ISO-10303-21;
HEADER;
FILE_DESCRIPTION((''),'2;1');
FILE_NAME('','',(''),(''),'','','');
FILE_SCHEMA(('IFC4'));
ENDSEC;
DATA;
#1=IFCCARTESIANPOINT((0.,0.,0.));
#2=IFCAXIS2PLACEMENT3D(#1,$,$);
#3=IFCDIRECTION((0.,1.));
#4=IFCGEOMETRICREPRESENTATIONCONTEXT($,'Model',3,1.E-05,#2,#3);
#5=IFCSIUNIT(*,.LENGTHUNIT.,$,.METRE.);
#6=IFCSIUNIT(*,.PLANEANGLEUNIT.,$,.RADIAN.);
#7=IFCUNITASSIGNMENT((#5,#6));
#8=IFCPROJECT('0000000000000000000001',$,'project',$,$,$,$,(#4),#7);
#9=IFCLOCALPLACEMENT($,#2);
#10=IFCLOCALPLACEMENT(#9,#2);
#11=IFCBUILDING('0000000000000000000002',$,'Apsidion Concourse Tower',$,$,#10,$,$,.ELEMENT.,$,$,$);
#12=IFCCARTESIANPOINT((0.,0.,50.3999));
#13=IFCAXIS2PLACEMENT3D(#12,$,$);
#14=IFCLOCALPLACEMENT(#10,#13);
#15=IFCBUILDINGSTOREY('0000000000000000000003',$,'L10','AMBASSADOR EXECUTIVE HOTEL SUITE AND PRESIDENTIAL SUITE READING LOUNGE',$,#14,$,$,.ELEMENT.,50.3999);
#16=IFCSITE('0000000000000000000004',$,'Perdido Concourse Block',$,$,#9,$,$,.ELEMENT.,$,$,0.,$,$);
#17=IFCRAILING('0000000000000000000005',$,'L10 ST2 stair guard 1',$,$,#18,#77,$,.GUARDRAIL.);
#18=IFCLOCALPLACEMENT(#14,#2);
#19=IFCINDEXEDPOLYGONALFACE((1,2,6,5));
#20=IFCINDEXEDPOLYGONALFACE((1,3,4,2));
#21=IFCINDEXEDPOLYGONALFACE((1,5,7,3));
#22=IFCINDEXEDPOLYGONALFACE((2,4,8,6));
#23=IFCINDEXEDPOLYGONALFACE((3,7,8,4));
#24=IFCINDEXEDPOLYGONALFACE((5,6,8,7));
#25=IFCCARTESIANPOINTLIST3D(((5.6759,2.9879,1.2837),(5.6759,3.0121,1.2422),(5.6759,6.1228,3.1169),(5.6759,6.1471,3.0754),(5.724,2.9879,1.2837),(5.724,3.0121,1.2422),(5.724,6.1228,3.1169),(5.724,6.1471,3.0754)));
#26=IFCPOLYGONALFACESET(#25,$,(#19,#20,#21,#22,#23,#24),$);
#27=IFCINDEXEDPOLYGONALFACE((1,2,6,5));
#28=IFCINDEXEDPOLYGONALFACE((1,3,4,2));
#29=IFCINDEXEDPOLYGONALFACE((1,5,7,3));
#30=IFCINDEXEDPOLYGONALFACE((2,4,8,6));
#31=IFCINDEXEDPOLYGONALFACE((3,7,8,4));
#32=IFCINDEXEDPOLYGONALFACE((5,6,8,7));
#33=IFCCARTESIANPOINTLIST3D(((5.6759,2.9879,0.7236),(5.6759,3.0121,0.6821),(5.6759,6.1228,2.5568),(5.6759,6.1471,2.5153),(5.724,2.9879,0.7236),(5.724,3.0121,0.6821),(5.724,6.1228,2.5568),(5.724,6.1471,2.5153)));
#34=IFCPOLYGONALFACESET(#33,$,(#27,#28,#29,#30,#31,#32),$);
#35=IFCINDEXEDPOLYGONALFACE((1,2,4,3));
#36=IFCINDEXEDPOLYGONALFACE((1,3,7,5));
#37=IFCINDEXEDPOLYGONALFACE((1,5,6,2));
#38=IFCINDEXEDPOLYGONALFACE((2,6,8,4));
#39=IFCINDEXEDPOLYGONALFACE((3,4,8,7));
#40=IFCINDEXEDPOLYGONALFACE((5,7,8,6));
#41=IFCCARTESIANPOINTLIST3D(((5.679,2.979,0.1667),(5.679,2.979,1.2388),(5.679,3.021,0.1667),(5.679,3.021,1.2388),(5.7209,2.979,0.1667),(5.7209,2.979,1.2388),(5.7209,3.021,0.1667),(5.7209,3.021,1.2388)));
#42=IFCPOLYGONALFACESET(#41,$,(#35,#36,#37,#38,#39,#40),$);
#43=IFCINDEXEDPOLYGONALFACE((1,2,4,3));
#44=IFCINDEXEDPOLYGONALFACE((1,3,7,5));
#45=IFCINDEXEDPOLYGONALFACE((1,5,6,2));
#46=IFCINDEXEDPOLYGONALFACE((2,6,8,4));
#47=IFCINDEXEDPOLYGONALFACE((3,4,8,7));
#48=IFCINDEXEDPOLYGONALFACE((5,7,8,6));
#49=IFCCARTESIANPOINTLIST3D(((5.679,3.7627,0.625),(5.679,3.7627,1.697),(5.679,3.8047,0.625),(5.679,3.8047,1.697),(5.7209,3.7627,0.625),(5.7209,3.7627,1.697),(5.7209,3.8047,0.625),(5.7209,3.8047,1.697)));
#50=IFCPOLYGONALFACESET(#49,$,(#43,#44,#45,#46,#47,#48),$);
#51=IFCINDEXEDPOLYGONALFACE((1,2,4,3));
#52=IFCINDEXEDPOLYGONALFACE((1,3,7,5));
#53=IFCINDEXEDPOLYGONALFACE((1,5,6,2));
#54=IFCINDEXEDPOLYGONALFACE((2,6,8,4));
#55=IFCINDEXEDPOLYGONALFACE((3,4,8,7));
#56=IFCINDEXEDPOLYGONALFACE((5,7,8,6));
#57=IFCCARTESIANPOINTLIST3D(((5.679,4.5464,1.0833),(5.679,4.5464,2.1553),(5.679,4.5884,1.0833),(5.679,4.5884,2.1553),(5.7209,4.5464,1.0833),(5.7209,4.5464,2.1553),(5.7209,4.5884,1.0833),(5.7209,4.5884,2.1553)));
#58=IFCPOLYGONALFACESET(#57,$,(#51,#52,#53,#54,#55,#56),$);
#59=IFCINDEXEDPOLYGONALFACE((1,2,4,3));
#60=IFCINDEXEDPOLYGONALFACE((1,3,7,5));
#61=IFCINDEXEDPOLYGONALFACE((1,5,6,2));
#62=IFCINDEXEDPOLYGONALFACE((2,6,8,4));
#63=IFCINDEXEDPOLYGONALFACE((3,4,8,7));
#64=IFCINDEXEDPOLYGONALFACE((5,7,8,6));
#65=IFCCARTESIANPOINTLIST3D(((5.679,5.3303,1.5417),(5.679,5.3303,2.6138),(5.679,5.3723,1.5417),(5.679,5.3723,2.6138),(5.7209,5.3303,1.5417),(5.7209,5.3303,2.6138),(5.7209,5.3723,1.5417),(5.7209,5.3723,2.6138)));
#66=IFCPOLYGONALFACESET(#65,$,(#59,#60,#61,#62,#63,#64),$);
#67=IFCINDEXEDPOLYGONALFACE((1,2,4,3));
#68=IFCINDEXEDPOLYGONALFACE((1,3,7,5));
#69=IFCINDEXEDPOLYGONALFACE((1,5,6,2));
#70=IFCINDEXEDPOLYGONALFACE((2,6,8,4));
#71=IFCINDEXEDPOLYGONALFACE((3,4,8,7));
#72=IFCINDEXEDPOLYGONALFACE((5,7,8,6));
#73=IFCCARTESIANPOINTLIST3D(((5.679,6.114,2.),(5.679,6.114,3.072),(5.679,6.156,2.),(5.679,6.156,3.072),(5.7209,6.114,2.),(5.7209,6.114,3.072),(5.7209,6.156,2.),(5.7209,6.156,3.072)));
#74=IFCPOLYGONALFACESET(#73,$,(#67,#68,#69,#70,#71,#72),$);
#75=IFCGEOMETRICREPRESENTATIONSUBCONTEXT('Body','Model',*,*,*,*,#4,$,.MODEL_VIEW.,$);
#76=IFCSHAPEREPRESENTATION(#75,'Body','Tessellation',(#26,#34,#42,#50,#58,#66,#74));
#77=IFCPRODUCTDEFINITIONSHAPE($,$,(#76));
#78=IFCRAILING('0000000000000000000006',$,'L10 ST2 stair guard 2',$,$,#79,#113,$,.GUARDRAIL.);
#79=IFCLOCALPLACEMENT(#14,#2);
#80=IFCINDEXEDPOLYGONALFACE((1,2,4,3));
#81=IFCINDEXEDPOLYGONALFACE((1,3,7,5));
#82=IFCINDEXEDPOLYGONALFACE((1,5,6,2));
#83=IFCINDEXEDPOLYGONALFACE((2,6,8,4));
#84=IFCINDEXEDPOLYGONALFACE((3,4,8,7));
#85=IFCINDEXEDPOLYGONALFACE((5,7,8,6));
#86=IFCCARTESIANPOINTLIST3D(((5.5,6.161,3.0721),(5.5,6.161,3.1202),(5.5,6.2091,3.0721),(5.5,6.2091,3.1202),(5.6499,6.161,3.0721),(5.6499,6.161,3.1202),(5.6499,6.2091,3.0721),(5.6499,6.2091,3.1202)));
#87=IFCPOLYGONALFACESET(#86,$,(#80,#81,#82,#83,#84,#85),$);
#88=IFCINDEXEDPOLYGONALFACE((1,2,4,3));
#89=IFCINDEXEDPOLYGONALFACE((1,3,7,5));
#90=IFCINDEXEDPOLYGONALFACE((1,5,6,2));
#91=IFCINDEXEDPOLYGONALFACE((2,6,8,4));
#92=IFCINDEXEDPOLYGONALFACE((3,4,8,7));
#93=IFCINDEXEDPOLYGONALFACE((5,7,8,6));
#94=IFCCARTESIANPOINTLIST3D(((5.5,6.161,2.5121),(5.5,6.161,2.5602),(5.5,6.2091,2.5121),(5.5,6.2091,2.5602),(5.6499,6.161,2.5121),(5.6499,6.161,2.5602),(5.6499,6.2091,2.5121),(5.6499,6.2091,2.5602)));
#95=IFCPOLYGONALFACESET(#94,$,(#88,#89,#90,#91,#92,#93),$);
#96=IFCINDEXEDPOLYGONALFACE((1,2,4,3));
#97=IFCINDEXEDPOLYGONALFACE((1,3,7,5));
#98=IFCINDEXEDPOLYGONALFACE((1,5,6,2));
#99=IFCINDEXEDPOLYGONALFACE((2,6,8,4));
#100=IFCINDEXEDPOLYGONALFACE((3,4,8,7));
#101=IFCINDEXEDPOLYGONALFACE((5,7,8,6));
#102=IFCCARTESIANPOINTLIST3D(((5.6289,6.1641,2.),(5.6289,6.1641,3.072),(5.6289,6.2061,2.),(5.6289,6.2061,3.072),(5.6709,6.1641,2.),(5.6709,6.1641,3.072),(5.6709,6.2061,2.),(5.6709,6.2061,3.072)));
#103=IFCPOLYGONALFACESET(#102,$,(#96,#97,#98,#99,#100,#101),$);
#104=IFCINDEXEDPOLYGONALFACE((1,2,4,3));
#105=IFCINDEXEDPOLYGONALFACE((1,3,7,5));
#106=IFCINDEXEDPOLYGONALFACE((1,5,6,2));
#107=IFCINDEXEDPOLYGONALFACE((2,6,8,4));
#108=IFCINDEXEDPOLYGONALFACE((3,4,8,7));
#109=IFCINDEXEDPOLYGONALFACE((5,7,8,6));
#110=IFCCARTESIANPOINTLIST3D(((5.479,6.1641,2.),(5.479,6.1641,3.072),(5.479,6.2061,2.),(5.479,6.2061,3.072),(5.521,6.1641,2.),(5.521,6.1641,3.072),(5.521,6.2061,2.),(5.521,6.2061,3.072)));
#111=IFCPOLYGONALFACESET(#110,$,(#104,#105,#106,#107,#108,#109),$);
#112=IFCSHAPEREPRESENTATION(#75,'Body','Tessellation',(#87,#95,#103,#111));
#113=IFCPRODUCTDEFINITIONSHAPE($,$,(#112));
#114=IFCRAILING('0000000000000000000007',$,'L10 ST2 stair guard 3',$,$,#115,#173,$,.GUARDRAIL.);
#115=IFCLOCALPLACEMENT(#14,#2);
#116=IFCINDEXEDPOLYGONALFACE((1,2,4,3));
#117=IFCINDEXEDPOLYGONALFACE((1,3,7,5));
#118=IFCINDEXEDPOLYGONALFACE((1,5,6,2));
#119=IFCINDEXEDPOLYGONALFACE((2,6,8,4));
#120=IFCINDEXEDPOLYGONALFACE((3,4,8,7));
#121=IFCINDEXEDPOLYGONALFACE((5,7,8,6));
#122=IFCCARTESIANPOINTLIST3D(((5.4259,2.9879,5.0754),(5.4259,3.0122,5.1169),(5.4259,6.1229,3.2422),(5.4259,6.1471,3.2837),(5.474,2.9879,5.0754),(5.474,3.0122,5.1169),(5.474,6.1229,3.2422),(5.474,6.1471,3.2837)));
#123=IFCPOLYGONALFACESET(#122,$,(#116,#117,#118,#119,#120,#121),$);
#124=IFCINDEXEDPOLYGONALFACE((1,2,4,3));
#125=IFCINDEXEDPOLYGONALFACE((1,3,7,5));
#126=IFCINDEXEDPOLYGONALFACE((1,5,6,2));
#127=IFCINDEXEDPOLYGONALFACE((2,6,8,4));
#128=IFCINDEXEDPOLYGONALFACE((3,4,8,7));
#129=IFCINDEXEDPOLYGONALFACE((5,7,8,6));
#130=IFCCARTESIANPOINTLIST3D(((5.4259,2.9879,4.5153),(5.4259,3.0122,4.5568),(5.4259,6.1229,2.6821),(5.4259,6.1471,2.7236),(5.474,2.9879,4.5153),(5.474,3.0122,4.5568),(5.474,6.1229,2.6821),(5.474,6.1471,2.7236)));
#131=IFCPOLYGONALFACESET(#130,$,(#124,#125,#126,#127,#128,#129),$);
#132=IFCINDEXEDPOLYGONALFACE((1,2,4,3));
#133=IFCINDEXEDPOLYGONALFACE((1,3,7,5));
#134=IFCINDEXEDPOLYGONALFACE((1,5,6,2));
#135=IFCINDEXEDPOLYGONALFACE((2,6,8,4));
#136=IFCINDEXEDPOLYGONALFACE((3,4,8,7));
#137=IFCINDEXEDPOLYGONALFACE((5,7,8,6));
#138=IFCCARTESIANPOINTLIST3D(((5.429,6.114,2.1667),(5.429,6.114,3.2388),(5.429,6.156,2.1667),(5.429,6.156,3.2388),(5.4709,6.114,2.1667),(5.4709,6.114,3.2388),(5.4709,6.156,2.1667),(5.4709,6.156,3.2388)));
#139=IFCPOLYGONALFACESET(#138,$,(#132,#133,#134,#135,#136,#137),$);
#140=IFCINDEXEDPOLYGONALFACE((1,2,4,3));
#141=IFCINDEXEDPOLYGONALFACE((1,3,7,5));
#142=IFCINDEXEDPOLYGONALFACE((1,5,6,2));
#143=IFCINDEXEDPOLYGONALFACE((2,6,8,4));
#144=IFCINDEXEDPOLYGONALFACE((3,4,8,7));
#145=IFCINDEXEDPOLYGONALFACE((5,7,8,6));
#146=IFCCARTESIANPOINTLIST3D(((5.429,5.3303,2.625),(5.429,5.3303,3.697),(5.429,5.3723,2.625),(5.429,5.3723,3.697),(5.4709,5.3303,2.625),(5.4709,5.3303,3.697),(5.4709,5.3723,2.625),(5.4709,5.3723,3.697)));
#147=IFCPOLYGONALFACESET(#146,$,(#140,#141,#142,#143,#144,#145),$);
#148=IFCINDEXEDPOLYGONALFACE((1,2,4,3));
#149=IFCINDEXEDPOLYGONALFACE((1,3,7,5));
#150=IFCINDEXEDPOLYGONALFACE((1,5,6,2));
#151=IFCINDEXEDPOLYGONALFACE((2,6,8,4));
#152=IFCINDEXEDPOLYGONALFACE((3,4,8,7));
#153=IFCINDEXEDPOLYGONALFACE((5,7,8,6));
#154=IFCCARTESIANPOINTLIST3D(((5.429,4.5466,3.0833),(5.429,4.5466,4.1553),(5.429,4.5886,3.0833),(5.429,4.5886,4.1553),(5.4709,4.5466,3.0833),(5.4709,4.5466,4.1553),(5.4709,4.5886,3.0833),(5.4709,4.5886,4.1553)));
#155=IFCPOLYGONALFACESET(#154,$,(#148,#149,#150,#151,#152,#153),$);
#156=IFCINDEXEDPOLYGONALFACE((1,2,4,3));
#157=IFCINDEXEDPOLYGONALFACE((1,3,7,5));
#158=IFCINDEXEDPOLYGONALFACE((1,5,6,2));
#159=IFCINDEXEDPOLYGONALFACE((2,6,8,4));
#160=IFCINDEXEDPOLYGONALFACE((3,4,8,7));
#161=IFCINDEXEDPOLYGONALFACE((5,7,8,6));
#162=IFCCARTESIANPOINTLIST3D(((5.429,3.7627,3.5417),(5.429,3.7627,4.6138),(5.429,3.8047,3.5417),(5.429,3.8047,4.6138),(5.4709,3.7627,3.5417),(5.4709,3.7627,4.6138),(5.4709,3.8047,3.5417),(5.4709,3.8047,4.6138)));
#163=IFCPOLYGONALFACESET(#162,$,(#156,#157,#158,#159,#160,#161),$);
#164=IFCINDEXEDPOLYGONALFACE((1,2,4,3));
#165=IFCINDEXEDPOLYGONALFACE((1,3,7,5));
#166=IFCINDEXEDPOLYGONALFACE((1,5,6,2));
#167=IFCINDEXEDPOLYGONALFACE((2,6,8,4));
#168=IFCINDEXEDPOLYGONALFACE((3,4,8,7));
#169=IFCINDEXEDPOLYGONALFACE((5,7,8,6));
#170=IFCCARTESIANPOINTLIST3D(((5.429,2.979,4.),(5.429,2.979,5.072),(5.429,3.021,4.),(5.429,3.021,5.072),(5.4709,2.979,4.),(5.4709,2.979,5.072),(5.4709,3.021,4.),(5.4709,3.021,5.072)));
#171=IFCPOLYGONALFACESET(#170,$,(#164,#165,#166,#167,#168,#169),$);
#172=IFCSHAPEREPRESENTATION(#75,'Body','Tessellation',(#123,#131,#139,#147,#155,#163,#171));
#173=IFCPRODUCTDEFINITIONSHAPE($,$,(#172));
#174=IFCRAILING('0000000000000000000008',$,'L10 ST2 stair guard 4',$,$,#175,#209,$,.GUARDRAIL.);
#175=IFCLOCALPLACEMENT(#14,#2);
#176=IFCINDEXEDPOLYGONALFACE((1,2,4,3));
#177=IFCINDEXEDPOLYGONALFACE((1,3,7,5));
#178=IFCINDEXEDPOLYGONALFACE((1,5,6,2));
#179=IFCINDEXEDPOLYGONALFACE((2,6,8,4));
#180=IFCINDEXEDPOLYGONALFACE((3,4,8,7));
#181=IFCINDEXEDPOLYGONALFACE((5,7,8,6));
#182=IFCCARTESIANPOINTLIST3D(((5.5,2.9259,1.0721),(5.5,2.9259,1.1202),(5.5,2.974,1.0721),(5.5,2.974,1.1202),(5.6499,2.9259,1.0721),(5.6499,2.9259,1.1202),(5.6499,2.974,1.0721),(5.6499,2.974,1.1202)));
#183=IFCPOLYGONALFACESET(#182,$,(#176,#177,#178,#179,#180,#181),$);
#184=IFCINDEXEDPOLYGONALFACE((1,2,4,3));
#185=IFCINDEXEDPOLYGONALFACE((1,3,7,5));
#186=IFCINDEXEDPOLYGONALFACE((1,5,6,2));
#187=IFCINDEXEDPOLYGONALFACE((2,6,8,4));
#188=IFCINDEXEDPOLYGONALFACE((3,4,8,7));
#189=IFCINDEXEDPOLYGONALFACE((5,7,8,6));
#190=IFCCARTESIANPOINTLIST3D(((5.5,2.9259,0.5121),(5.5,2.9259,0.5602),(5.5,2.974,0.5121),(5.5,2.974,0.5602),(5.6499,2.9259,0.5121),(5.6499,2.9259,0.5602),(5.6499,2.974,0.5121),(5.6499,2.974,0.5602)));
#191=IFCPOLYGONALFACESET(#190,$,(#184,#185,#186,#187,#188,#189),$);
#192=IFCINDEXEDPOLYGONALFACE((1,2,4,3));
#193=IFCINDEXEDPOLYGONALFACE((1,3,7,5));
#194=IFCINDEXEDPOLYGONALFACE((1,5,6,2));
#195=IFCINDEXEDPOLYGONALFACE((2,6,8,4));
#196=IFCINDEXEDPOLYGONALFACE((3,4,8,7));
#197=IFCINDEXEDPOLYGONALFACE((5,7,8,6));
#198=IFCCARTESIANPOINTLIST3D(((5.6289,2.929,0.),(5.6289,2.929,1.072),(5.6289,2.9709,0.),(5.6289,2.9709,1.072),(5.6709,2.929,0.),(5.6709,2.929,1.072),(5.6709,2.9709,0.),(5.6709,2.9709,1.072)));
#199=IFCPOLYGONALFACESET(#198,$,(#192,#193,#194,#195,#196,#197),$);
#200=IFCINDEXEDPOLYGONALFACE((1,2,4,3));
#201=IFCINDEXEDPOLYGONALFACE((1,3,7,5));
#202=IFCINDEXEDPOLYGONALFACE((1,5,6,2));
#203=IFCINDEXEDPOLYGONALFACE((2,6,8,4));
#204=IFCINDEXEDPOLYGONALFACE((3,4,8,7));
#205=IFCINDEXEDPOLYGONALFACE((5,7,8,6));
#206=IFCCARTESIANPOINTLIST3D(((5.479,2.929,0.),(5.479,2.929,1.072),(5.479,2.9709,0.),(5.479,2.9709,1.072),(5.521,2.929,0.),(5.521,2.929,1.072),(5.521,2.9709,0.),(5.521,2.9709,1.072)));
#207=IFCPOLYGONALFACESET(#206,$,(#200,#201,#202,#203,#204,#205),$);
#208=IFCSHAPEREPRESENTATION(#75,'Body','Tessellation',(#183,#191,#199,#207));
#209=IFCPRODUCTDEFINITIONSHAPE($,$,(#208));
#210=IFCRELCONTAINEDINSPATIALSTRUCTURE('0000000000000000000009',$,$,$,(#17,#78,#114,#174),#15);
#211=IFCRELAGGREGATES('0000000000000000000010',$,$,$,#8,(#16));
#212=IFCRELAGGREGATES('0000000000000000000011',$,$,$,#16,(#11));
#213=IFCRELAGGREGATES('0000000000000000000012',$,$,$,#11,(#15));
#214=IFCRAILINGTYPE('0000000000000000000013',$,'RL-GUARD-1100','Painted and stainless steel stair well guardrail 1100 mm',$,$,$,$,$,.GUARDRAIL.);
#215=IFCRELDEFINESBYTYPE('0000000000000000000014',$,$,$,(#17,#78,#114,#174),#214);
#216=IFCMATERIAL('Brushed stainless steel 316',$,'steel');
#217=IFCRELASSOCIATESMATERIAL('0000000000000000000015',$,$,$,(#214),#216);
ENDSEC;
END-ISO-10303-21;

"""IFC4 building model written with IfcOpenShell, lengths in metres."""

from ifc_helpers import new_model, si_unit, direction, frame, origin, origin_2d, place, context, subcontext, project, spatial, rectangle, extrude, material, type_object, element, save


model = new_model("IFC4")

# Units and contexts
model_context = context("Model", 3, precision=1e-05, world=origin(), true_north=direction((0.0, 1.0)))
body_context = subcontext(model_context, "Body", "Model", "MODEL_VIEW")
ifc_project = project(units=[si_unit("LENGTHUNIT", "METRE"), si_unit("PLANEANGLEUNIT", "RADIAN")], contexts=[model_context])

# Site, building, storey
site_placement = place(None, origin())
site = spatial("IfcSite", under=ifc_project, at=site_placement, Name="Perdido Concourse Block", CompositionType="ELEMENT", RefElevation=0.0)
building_placement = place(site_placement, origin())
building = spatial("IfcBuilding", under=site, at=building_placement, Name="Apsidion Concourse Tower", CompositionType="ELEMENT")
storey_placement = place(building_placement, frame((0.0, 0.0, 50.3999)))
storey = spatial("IfcBuildingStorey", under=building, at=storey_placement, Name="L10", Description="AMBASSADOR EXECUTIVE HOTEL SUITE AND PRESIDENTIAL SUITE READING LOUNGE", CompositionType="ELEMENT", Elevation=50.3999)

# Railings
ifc_material_1 = material(Name="Brushed stainless steel 316", Category="steel")
railing_type_1 = type_object("IfcRailingType", Name="RL-GUARD-1100", Description="Painted and stainless steel stair well guardrail 1100 mm", PredefinedType="GUARDRAIL", material=ifc_material_1)
railing_1_placement = place(storey_placement, frame((5.7, 3.0, 0.1667)))
element("IfcRailing", 1, at=railing_1_placement, inside=storey, type_object=railing_type_1, Name="L10 ST2 stair guard 1", PredefinedType="GUARDRAIL", context=body_context, shape_type="SweptSolid", body=[
    extrude(rectangle(XDim=0.0481, YDim=0.0481, at=origin_2d()), frame((0.0, 0.0, 1.0962), z_axis=(0.0, 0.86324, 0.504794), x_axis=(-1.0, 0.0, 0.0)), (0.0, 0.0, 1.0), 3.6316),
    extrude(rectangle(XDim=0.0481, YDim=0.0481, at=origin_2d()), frame((0.0, 0.0, 0.5361), z_axis=(0.0, 0.86324, 0.504794), x_axis=(-1.0, 0.0, 0.0)), (0.0, 0.0, 1.0), 3.6316),
    extrude(rectangle(XDim=0.042, YDim=0.042, at=origin_2d()), origin(), (0.0, 0.0, 1.0), 1.072),
    extrude(rectangle(XDim=0.042, YDim=0.042, at=origin_2d()), frame((0.0, 0.7837, 0.4583)), (0.0, 0.0, 1.0), 1.072),
    extrude(rectangle(XDim=0.042, YDim=0.042, at=origin_2d()), frame((0.0, 1.5674, 0.9165)), (0.0, 0.0, 1.0), 1.072),
    extrude(rectangle(XDim=0.042, YDim=0.042, at=origin_2d()), frame((0.0, 2.3513, 1.375)), (0.0, 0.0, 1.0), 1.072),
    extrude(rectangle(XDim=0.042, YDim=0.042, at=origin_2d()), frame((0.0, 3.135, 1.8333)), (0.0, 0.0, 1.0), 1.072),
])
railing_2_placement = place(storey_placement, frame((5.6499, 6.1851, 2.0)))
element("IfcRailing", 2, at=railing_2_placement, inside=storey, type_object=railing_type_1, Name="L10 ST2 stair guard 2", PredefinedType="GUARDRAIL", context=body_context, shape_type="SweptSolid", body=[
    extrude(rectangle(XDim=0.0481, YDim=0.0481, at=origin_2d()), frame((0.0, 0.0, 1.0962), z_axis=(-1.0, 0.0, 0.0), x_axis=(0.0, -1.0, 0.0)), (0.0, 0.0, 1.0), 0.1499),
    extrude(rectangle(XDim=0.0481, YDim=0.0481, at=origin_2d()), frame((0.0, 0.0, 0.5361), z_axis=(-1.0, 0.0, 0.0), x_axis=(0.0, -1.0, 0.0)), (0.0, 0.0, 1.0), 0.1499),
    extrude(rectangle(XDim=0.042, YDim=0.042, at=origin_2d()), origin(), (0.0, 0.0, 1.0), 1.072),
    extrude(rectangle(XDim=0.042, YDim=0.042, at=origin_2d()), frame((-0.1499, 0.0, 0.0)), (0.0, 0.0, 1.0), 1.072),
])
railing_3_placement = place(storey_placement, frame((5.45, 6.135, 2.1667)))
element("IfcRailing", 3, at=railing_3_placement, inside=storey, type_object=railing_type_1, Name="L10 ST2 stair guard 3", PredefinedType="GUARDRAIL", context=body_context, shape_type="SweptSolid", body=[
    extrude(rectangle(XDim=0.0481, YDim=0.0481, at=origin_2d()), frame((0.0, 0.0, 1.0962), z_axis=(0.0, -0.86324, 0.504794), x_axis=(1.0, 0.0, 0.0)), (0.0, 0.0, 1.0), 3.6316),
    extrude(rectangle(XDim=0.0481, YDim=0.0481, at=origin_2d()), frame((0.0, 0.0, 0.5361), z_axis=(0.0, -0.86324, 0.504794), x_axis=(1.0, 0.0, 0.0)), (0.0, 0.0, 1.0), 3.6316),
    extrude(rectangle(XDim=0.042, YDim=0.042, at=origin_2d()), origin(), (0.0, 0.0, 1.0), 1.072),
    extrude(rectangle(XDim=0.042, YDim=0.042, at=origin_2d()), frame((0.0, -0.7837, 0.4583)), (0.0, 0.0, 1.0), 1.072),
    extrude(rectangle(XDim=0.042, YDim=0.042, at=origin_2d()), frame((0.0, -1.5674, 0.9165)), (0.0, 0.0, 1.0), 1.072),
    extrude(rectangle(XDim=0.042, YDim=0.042, at=origin_2d()), frame((0.0, -2.3513, 1.375)), (0.0, 0.0, 1.0), 1.072),
    extrude(rectangle(XDim=0.042, YDim=0.042, at=origin_2d()), frame((0.0, -3.135, 1.8333)), (0.0, 0.0, 1.0), 1.072),
])
railing_4_placement = place(storey_placement, frame((5.6499, 2.95, 0.0)))
element("IfcRailing", 4, at=railing_4_placement, inside=storey, type_object=railing_type_1, Name="L10 ST2 stair guard 4", PredefinedType="GUARDRAIL", context=body_context, shape_type="SweptSolid", body=[
    extrude(rectangle(XDim=0.0481, YDim=0.0481, at=origin_2d()), frame((0.0, 0.0, 1.0962), z_axis=(-1.0, 0.0, 0.0), x_axis=(0.0, -1.0, 0.0)), (0.0, 0.0, 1.0), 0.1499),
    extrude(rectangle(XDim=0.0481, YDim=0.0481, at=origin_2d()), frame((0.0, 0.0, 0.5361), z_axis=(-1.0, 0.0, 0.0), x_axis=(0.0, -1.0, 0.0)), (0.0, 0.0, 1.0), 0.1499),
    extrude(rectangle(XDim=0.042, YDim=0.042, at=origin_2d()), origin(), (0.0, 0.0, 1.0), 1.072),
    extrude(rectangle(XDim=0.042, YDim=0.042, at=origin_2d()), frame((-0.1499, 0.0, 0.0)), (0.0, 0.0, 1.0), 1.072),
])

save(model, "model.ifc")
